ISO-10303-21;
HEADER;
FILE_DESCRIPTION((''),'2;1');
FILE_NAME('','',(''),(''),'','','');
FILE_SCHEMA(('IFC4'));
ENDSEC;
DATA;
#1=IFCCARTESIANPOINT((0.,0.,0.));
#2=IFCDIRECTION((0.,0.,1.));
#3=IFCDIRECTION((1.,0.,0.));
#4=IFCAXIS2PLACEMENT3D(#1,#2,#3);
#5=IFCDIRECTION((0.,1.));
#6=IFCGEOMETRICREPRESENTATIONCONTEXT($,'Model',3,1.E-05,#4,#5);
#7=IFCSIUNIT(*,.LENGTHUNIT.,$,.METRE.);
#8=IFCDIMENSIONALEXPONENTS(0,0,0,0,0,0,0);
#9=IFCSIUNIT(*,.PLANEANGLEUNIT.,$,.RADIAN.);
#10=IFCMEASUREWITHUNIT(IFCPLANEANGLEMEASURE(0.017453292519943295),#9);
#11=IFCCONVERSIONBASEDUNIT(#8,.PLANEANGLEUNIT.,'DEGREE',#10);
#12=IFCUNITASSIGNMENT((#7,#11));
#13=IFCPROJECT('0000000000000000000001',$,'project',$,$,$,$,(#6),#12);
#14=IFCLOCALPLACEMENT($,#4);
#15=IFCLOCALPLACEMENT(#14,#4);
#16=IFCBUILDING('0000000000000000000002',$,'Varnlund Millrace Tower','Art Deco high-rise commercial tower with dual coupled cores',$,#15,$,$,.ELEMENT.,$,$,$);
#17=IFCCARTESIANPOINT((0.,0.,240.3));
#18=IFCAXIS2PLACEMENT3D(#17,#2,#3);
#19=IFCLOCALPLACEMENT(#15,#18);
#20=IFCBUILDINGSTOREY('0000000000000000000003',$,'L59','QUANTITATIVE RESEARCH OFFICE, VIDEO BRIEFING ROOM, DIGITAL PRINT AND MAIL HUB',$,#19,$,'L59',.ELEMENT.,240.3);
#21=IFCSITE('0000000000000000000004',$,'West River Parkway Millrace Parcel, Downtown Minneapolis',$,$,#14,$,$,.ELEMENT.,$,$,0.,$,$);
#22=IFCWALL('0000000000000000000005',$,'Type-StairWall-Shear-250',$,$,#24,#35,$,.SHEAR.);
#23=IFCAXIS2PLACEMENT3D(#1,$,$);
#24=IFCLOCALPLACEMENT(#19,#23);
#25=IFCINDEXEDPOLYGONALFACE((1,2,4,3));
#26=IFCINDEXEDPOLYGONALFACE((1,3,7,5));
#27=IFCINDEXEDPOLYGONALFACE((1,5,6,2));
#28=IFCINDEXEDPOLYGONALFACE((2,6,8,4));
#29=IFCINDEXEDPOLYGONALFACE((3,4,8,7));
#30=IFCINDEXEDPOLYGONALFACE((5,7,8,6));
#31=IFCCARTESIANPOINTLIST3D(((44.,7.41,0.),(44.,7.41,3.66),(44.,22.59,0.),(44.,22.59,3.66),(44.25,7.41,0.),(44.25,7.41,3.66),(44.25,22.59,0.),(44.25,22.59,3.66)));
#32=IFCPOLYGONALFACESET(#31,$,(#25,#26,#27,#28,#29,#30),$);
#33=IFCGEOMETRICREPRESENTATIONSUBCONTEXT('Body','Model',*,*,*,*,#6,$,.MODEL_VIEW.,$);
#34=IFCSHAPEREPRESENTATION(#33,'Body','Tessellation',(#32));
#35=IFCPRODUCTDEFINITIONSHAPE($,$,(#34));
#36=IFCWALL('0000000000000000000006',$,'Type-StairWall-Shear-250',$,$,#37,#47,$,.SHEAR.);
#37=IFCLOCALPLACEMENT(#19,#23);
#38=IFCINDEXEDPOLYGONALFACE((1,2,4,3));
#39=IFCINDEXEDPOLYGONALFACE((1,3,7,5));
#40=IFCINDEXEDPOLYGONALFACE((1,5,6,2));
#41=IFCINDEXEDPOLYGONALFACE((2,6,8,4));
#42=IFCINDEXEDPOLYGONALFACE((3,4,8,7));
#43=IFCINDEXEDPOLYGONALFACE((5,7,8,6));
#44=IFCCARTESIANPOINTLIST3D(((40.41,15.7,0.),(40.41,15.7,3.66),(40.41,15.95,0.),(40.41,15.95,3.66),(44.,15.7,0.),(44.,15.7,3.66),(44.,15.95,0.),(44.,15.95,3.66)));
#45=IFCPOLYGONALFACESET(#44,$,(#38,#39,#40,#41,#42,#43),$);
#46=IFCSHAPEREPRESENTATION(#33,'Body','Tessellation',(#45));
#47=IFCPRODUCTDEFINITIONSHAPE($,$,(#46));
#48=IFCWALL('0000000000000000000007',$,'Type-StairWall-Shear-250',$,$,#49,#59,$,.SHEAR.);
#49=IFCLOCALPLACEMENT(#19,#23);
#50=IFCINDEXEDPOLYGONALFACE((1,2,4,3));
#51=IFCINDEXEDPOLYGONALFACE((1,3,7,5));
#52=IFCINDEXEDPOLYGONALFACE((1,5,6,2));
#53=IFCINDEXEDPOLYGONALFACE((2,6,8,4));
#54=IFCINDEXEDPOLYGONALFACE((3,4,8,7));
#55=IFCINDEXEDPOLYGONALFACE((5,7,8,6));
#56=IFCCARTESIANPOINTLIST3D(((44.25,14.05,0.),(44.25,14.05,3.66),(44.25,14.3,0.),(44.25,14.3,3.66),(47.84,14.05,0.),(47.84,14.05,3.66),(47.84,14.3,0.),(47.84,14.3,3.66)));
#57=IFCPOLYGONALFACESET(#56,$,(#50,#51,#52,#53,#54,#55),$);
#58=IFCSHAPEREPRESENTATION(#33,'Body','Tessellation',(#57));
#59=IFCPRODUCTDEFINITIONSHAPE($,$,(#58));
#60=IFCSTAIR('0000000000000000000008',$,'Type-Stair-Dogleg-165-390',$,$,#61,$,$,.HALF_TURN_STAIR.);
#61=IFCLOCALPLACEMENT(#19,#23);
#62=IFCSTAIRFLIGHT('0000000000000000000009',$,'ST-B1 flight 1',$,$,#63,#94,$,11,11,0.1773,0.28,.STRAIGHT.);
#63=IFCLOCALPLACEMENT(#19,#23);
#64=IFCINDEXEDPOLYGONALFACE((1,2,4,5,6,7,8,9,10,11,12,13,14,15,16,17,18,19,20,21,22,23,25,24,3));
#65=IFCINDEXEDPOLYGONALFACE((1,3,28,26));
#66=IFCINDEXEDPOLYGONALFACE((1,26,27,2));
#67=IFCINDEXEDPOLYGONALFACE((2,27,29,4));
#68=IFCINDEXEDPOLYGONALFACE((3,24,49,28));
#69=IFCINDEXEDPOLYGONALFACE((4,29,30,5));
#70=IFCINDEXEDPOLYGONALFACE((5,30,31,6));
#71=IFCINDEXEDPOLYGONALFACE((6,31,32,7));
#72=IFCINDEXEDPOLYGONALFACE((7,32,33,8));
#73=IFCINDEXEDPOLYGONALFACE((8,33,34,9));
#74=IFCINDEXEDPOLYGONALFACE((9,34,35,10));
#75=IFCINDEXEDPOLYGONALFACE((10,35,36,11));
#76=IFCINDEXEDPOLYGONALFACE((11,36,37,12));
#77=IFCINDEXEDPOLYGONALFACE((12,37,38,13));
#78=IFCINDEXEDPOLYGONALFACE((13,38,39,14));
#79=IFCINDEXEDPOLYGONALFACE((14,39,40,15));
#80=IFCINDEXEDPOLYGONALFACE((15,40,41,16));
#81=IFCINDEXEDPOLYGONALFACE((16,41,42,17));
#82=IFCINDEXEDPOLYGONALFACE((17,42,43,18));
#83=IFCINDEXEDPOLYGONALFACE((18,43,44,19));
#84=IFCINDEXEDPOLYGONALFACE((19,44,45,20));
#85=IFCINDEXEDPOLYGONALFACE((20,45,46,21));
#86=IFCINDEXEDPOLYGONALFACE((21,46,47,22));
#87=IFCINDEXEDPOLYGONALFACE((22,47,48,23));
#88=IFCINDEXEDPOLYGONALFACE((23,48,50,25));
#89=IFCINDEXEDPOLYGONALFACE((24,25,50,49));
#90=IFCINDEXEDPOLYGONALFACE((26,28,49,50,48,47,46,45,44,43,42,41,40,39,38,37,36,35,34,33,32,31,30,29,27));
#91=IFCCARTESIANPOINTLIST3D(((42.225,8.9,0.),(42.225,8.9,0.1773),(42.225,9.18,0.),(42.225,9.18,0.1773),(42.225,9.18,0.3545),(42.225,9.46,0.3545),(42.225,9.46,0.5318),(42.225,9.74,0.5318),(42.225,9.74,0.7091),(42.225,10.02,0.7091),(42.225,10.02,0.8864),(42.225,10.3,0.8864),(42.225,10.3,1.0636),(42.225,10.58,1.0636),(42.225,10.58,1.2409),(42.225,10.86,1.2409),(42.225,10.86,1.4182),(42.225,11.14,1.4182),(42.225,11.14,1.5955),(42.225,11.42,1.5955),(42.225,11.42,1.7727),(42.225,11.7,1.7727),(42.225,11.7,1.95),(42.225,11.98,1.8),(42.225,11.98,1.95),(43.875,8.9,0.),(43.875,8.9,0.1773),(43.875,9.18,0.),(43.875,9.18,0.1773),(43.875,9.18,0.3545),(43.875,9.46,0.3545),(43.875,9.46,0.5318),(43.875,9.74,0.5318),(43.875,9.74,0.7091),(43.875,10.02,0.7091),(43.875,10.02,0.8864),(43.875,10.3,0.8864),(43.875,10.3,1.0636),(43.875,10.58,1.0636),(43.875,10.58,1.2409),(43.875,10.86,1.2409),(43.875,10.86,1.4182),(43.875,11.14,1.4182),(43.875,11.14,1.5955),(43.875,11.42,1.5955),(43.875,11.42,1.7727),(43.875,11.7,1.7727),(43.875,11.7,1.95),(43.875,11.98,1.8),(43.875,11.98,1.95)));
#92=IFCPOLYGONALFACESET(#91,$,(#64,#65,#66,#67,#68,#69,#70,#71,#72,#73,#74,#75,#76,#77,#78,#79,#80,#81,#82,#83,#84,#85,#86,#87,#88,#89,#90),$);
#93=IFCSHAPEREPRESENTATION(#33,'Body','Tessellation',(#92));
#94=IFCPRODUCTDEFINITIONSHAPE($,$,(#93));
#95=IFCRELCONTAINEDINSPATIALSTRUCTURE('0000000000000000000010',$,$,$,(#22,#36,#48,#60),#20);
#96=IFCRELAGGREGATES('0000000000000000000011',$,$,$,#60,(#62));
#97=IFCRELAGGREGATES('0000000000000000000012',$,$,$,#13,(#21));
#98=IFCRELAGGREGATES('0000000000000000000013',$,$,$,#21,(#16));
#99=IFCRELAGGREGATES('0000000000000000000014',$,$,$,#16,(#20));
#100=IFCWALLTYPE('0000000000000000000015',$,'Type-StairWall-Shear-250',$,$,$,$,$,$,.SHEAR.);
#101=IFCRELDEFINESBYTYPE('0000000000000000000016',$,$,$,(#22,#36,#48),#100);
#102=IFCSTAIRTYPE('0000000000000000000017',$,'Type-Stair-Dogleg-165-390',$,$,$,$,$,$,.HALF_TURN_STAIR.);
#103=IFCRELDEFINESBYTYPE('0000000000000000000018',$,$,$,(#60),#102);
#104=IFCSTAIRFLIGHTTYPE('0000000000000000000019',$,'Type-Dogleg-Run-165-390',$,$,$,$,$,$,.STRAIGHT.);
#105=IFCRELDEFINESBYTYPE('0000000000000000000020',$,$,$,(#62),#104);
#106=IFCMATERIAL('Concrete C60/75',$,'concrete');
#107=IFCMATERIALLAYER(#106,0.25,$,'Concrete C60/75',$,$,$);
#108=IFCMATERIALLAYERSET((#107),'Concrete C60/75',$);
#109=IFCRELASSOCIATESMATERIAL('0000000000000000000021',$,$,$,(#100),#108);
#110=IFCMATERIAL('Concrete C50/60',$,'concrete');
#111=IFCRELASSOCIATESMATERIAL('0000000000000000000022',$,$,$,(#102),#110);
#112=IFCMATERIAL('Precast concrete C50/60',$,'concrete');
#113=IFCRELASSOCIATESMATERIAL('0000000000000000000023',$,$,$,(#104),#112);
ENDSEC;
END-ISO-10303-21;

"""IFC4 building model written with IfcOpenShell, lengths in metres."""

from ifc_helpers import new_model, entity, si_unit, converted_unit, direction, frame, origin_with_axes, place, context, subcontext, project, spatial, polyline, outline, extrude, material, layer, layer_set, type_object, element, aggregate, save


model = new_model("IFC4")

# Units and contexts
model_context = context("Model", 3, precision=1e-05, world=origin_with_axes(), true_north=direction((0.0, 1.0)))
body_context = subcontext(model_context, "Body", "Model", "MODEL_VIEW")
ifc_project = project(units=[si_unit("LENGTHUNIT", "METRE"), converted_unit("PLANEANGLEUNIT", "DEGREE", entity("IfcPlaneAngleMeasure", 0.017453292519943295), si_unit("PLANEANGLEUNIT", "RADIAN"), dimensions=[0, 0, 0, 0, 0, 0, 0])], contexts=[model_context])

# Site, building, storey
site_placement = place(None, origin_with_axes())
site = spatial("IfcSite", under=ifc_project, at=site_placement, Name="West River Parkway Millrace Parcel, Downtown Minneapolis", CompositionType="ELEMENT", RefElevation=0.0)
building_placement = place(site_placement, origin_with_axes())
building = spatial("IfcBuilding", under=site, at=building_placement, Name="Varnlund Millrace Tower", Description="Art Deco high-rise commercial tower with dual coupled cores", CompositionType="ELEMENT")
storey_placement = place(building_placement, frame((0.0, 0.0, 240.3), z_axis=(0.0, 0.0, 1.0), x_axis=(1.0, 0.0, 0.0)))
storey = spatial("IfcBuildingStorey", under=building, at=storey_placement, Name="L59", Description="QUANTITATIVE RESEARCH OFFICE, VIDEO BRIEFING ROOM, DIGITAL PRINT AND MAIL HUB", LongName="L59", CompositionType="ELEMENT", Elevation=240.3)

# Shared definitions
ifc_material_1 = material(Name="Concrete C60/75", Category="concrete")

# Shared definitions
ifc_layer_1 = layer(ifc_material_1, 0.25, Name="Concrete C60/75")
ifc_layer_set_1 = layer_set([ifc_layer_1], Name="Concrete C60/75")

# Walls
wall_type_1 = type_object("IfcWallType", Name="Type-StairWall-Shear-250", PredefinedType="SHEAR", material=ifc_layer_set_1)
wall_1_placement = place(storey_placement, frame((44.125, 7.41, 0.0), z_axis=(0.0, 0.0, 1.0), x_axis=(0.0, 1.0, 0.0)))
element("IfcWall", 1, at=wall_1_placement, inside=storey, type_object=wall_type_1, Name="Type-StairWall-Shear-250", PredefinedType="SHEAR", context=body_context, shape_type="SweptSolid", body=[
    extrude(outline(polyline([(0.0, -0.125), (15.18, -0.125), (15.18, 0.125), (0.0, 0.125), (0.0, -0.125)])), origin_with_axes(), (0.0, 0.0, 1.0), 3.66),
])
for number, where, z_axis, x_axis, name in (
    (2, (40.41, 15.825, 0.0), (0.0, 0.0, 1.0), (1.0, 0.0, 0.0), "Type-StairWall-Shear-250"),
    (3, (44.25, 14.175, 0.0), (0.0, 0.0, 1.0), (1.0, 0.0, 0.0), "Type-StairWall-Shear-250"),
):
    element("IfcWall", number, at=place(storey_placement, frame(where, z_axis=z_axis, x_axis=x_axis)), inside=storey, type_object=wall_type_1, Name=name, PredefinedType="SHEAR", context=body_context, shape_type="SweptSolid", body=[
        extrude(outline(polyline([(0.0, -0.125), (3.59, -0.125), (3.59, 0.125), (0.0, 0.125), (0.0, -0.125)])), origin_with_axes(), (0.0, 0.0, 1.0), 3.66),
    ])

# Stair, stair flight
ifc_material_2 = material(Name="Concrete C50/60", Category="concrete")
stair_type = type_object("IfcStairType", Name="Type-Stair-Dogleg-165-390", PredefinedType="HALF_TURN_STAIR", material=ifc_material_2)
stair_placement = place(storey_placement, origin_with_axes())
stair = element("IfcStair", 4, at=stair_placement, inside=storey, type_object=stair_type, Name="Type-Stair-Dogleg-165-390", PredefinedType="HALF_TURN_STAIR")
ifc_material_3 = material(Name="Precast concrete C50/60", Category="concrete")
stair_flight_type = type_object("IfcStairFlightType", Name="Type-Dogleg-Run-165-390", PredefinedType="STRAIGHT", material=ifc_material_3)
stair_flight_placement = place(storey_placement, frame((42.225, 8.9, 0.0), z_axis=(1.0, 0.0, 0.0), x_axis=(0.0, 1.0, 0.0)))
stair_flight = element("IfcStairFlight", 5, at=stair_flight_placement, type_object=stair_flight_type, Name="ST-B1 flight 1", NumberOfRisers=11, NumberOfTreads=11, PredefinedType="STRAIGHT", RiserHeight=0.1773, TreadLength=0.28, context=body_context, shape_type="SweptSolid", body=[
    extrude(outline(polyline([(0.0, 0.0), (0.0, 0.1773), (0.28, 0.1773), (0.28, 0.3545), (0.56, 0.3545), (0.56, 0.5318), (0.84, 0.5318), (0.84, 0.7091), (1.12, 0.7091), (1.12, 0.8864), (1.4, 0.8864), (1.4, 1.0636), (1.68, 1.0636), (1.68, 1.2409), (1.96, 1.2409), (1.96, 1.4182), (2.24, 1.4182), (2.24, 1.5955), (2.52, 1.5955), (2.52, 1.7727), (2.8, 1.7727), (2.8, 1.95), (3.08, 1.95), (3.08, 1.8), (0.28, 0.0), (0.0, 0.0)])), origin_with_axes(), (0.0, 0.0, 1.0), 1.65),
])
aggregate(stair, [stair_flight])

save(model, "model.ifc")
